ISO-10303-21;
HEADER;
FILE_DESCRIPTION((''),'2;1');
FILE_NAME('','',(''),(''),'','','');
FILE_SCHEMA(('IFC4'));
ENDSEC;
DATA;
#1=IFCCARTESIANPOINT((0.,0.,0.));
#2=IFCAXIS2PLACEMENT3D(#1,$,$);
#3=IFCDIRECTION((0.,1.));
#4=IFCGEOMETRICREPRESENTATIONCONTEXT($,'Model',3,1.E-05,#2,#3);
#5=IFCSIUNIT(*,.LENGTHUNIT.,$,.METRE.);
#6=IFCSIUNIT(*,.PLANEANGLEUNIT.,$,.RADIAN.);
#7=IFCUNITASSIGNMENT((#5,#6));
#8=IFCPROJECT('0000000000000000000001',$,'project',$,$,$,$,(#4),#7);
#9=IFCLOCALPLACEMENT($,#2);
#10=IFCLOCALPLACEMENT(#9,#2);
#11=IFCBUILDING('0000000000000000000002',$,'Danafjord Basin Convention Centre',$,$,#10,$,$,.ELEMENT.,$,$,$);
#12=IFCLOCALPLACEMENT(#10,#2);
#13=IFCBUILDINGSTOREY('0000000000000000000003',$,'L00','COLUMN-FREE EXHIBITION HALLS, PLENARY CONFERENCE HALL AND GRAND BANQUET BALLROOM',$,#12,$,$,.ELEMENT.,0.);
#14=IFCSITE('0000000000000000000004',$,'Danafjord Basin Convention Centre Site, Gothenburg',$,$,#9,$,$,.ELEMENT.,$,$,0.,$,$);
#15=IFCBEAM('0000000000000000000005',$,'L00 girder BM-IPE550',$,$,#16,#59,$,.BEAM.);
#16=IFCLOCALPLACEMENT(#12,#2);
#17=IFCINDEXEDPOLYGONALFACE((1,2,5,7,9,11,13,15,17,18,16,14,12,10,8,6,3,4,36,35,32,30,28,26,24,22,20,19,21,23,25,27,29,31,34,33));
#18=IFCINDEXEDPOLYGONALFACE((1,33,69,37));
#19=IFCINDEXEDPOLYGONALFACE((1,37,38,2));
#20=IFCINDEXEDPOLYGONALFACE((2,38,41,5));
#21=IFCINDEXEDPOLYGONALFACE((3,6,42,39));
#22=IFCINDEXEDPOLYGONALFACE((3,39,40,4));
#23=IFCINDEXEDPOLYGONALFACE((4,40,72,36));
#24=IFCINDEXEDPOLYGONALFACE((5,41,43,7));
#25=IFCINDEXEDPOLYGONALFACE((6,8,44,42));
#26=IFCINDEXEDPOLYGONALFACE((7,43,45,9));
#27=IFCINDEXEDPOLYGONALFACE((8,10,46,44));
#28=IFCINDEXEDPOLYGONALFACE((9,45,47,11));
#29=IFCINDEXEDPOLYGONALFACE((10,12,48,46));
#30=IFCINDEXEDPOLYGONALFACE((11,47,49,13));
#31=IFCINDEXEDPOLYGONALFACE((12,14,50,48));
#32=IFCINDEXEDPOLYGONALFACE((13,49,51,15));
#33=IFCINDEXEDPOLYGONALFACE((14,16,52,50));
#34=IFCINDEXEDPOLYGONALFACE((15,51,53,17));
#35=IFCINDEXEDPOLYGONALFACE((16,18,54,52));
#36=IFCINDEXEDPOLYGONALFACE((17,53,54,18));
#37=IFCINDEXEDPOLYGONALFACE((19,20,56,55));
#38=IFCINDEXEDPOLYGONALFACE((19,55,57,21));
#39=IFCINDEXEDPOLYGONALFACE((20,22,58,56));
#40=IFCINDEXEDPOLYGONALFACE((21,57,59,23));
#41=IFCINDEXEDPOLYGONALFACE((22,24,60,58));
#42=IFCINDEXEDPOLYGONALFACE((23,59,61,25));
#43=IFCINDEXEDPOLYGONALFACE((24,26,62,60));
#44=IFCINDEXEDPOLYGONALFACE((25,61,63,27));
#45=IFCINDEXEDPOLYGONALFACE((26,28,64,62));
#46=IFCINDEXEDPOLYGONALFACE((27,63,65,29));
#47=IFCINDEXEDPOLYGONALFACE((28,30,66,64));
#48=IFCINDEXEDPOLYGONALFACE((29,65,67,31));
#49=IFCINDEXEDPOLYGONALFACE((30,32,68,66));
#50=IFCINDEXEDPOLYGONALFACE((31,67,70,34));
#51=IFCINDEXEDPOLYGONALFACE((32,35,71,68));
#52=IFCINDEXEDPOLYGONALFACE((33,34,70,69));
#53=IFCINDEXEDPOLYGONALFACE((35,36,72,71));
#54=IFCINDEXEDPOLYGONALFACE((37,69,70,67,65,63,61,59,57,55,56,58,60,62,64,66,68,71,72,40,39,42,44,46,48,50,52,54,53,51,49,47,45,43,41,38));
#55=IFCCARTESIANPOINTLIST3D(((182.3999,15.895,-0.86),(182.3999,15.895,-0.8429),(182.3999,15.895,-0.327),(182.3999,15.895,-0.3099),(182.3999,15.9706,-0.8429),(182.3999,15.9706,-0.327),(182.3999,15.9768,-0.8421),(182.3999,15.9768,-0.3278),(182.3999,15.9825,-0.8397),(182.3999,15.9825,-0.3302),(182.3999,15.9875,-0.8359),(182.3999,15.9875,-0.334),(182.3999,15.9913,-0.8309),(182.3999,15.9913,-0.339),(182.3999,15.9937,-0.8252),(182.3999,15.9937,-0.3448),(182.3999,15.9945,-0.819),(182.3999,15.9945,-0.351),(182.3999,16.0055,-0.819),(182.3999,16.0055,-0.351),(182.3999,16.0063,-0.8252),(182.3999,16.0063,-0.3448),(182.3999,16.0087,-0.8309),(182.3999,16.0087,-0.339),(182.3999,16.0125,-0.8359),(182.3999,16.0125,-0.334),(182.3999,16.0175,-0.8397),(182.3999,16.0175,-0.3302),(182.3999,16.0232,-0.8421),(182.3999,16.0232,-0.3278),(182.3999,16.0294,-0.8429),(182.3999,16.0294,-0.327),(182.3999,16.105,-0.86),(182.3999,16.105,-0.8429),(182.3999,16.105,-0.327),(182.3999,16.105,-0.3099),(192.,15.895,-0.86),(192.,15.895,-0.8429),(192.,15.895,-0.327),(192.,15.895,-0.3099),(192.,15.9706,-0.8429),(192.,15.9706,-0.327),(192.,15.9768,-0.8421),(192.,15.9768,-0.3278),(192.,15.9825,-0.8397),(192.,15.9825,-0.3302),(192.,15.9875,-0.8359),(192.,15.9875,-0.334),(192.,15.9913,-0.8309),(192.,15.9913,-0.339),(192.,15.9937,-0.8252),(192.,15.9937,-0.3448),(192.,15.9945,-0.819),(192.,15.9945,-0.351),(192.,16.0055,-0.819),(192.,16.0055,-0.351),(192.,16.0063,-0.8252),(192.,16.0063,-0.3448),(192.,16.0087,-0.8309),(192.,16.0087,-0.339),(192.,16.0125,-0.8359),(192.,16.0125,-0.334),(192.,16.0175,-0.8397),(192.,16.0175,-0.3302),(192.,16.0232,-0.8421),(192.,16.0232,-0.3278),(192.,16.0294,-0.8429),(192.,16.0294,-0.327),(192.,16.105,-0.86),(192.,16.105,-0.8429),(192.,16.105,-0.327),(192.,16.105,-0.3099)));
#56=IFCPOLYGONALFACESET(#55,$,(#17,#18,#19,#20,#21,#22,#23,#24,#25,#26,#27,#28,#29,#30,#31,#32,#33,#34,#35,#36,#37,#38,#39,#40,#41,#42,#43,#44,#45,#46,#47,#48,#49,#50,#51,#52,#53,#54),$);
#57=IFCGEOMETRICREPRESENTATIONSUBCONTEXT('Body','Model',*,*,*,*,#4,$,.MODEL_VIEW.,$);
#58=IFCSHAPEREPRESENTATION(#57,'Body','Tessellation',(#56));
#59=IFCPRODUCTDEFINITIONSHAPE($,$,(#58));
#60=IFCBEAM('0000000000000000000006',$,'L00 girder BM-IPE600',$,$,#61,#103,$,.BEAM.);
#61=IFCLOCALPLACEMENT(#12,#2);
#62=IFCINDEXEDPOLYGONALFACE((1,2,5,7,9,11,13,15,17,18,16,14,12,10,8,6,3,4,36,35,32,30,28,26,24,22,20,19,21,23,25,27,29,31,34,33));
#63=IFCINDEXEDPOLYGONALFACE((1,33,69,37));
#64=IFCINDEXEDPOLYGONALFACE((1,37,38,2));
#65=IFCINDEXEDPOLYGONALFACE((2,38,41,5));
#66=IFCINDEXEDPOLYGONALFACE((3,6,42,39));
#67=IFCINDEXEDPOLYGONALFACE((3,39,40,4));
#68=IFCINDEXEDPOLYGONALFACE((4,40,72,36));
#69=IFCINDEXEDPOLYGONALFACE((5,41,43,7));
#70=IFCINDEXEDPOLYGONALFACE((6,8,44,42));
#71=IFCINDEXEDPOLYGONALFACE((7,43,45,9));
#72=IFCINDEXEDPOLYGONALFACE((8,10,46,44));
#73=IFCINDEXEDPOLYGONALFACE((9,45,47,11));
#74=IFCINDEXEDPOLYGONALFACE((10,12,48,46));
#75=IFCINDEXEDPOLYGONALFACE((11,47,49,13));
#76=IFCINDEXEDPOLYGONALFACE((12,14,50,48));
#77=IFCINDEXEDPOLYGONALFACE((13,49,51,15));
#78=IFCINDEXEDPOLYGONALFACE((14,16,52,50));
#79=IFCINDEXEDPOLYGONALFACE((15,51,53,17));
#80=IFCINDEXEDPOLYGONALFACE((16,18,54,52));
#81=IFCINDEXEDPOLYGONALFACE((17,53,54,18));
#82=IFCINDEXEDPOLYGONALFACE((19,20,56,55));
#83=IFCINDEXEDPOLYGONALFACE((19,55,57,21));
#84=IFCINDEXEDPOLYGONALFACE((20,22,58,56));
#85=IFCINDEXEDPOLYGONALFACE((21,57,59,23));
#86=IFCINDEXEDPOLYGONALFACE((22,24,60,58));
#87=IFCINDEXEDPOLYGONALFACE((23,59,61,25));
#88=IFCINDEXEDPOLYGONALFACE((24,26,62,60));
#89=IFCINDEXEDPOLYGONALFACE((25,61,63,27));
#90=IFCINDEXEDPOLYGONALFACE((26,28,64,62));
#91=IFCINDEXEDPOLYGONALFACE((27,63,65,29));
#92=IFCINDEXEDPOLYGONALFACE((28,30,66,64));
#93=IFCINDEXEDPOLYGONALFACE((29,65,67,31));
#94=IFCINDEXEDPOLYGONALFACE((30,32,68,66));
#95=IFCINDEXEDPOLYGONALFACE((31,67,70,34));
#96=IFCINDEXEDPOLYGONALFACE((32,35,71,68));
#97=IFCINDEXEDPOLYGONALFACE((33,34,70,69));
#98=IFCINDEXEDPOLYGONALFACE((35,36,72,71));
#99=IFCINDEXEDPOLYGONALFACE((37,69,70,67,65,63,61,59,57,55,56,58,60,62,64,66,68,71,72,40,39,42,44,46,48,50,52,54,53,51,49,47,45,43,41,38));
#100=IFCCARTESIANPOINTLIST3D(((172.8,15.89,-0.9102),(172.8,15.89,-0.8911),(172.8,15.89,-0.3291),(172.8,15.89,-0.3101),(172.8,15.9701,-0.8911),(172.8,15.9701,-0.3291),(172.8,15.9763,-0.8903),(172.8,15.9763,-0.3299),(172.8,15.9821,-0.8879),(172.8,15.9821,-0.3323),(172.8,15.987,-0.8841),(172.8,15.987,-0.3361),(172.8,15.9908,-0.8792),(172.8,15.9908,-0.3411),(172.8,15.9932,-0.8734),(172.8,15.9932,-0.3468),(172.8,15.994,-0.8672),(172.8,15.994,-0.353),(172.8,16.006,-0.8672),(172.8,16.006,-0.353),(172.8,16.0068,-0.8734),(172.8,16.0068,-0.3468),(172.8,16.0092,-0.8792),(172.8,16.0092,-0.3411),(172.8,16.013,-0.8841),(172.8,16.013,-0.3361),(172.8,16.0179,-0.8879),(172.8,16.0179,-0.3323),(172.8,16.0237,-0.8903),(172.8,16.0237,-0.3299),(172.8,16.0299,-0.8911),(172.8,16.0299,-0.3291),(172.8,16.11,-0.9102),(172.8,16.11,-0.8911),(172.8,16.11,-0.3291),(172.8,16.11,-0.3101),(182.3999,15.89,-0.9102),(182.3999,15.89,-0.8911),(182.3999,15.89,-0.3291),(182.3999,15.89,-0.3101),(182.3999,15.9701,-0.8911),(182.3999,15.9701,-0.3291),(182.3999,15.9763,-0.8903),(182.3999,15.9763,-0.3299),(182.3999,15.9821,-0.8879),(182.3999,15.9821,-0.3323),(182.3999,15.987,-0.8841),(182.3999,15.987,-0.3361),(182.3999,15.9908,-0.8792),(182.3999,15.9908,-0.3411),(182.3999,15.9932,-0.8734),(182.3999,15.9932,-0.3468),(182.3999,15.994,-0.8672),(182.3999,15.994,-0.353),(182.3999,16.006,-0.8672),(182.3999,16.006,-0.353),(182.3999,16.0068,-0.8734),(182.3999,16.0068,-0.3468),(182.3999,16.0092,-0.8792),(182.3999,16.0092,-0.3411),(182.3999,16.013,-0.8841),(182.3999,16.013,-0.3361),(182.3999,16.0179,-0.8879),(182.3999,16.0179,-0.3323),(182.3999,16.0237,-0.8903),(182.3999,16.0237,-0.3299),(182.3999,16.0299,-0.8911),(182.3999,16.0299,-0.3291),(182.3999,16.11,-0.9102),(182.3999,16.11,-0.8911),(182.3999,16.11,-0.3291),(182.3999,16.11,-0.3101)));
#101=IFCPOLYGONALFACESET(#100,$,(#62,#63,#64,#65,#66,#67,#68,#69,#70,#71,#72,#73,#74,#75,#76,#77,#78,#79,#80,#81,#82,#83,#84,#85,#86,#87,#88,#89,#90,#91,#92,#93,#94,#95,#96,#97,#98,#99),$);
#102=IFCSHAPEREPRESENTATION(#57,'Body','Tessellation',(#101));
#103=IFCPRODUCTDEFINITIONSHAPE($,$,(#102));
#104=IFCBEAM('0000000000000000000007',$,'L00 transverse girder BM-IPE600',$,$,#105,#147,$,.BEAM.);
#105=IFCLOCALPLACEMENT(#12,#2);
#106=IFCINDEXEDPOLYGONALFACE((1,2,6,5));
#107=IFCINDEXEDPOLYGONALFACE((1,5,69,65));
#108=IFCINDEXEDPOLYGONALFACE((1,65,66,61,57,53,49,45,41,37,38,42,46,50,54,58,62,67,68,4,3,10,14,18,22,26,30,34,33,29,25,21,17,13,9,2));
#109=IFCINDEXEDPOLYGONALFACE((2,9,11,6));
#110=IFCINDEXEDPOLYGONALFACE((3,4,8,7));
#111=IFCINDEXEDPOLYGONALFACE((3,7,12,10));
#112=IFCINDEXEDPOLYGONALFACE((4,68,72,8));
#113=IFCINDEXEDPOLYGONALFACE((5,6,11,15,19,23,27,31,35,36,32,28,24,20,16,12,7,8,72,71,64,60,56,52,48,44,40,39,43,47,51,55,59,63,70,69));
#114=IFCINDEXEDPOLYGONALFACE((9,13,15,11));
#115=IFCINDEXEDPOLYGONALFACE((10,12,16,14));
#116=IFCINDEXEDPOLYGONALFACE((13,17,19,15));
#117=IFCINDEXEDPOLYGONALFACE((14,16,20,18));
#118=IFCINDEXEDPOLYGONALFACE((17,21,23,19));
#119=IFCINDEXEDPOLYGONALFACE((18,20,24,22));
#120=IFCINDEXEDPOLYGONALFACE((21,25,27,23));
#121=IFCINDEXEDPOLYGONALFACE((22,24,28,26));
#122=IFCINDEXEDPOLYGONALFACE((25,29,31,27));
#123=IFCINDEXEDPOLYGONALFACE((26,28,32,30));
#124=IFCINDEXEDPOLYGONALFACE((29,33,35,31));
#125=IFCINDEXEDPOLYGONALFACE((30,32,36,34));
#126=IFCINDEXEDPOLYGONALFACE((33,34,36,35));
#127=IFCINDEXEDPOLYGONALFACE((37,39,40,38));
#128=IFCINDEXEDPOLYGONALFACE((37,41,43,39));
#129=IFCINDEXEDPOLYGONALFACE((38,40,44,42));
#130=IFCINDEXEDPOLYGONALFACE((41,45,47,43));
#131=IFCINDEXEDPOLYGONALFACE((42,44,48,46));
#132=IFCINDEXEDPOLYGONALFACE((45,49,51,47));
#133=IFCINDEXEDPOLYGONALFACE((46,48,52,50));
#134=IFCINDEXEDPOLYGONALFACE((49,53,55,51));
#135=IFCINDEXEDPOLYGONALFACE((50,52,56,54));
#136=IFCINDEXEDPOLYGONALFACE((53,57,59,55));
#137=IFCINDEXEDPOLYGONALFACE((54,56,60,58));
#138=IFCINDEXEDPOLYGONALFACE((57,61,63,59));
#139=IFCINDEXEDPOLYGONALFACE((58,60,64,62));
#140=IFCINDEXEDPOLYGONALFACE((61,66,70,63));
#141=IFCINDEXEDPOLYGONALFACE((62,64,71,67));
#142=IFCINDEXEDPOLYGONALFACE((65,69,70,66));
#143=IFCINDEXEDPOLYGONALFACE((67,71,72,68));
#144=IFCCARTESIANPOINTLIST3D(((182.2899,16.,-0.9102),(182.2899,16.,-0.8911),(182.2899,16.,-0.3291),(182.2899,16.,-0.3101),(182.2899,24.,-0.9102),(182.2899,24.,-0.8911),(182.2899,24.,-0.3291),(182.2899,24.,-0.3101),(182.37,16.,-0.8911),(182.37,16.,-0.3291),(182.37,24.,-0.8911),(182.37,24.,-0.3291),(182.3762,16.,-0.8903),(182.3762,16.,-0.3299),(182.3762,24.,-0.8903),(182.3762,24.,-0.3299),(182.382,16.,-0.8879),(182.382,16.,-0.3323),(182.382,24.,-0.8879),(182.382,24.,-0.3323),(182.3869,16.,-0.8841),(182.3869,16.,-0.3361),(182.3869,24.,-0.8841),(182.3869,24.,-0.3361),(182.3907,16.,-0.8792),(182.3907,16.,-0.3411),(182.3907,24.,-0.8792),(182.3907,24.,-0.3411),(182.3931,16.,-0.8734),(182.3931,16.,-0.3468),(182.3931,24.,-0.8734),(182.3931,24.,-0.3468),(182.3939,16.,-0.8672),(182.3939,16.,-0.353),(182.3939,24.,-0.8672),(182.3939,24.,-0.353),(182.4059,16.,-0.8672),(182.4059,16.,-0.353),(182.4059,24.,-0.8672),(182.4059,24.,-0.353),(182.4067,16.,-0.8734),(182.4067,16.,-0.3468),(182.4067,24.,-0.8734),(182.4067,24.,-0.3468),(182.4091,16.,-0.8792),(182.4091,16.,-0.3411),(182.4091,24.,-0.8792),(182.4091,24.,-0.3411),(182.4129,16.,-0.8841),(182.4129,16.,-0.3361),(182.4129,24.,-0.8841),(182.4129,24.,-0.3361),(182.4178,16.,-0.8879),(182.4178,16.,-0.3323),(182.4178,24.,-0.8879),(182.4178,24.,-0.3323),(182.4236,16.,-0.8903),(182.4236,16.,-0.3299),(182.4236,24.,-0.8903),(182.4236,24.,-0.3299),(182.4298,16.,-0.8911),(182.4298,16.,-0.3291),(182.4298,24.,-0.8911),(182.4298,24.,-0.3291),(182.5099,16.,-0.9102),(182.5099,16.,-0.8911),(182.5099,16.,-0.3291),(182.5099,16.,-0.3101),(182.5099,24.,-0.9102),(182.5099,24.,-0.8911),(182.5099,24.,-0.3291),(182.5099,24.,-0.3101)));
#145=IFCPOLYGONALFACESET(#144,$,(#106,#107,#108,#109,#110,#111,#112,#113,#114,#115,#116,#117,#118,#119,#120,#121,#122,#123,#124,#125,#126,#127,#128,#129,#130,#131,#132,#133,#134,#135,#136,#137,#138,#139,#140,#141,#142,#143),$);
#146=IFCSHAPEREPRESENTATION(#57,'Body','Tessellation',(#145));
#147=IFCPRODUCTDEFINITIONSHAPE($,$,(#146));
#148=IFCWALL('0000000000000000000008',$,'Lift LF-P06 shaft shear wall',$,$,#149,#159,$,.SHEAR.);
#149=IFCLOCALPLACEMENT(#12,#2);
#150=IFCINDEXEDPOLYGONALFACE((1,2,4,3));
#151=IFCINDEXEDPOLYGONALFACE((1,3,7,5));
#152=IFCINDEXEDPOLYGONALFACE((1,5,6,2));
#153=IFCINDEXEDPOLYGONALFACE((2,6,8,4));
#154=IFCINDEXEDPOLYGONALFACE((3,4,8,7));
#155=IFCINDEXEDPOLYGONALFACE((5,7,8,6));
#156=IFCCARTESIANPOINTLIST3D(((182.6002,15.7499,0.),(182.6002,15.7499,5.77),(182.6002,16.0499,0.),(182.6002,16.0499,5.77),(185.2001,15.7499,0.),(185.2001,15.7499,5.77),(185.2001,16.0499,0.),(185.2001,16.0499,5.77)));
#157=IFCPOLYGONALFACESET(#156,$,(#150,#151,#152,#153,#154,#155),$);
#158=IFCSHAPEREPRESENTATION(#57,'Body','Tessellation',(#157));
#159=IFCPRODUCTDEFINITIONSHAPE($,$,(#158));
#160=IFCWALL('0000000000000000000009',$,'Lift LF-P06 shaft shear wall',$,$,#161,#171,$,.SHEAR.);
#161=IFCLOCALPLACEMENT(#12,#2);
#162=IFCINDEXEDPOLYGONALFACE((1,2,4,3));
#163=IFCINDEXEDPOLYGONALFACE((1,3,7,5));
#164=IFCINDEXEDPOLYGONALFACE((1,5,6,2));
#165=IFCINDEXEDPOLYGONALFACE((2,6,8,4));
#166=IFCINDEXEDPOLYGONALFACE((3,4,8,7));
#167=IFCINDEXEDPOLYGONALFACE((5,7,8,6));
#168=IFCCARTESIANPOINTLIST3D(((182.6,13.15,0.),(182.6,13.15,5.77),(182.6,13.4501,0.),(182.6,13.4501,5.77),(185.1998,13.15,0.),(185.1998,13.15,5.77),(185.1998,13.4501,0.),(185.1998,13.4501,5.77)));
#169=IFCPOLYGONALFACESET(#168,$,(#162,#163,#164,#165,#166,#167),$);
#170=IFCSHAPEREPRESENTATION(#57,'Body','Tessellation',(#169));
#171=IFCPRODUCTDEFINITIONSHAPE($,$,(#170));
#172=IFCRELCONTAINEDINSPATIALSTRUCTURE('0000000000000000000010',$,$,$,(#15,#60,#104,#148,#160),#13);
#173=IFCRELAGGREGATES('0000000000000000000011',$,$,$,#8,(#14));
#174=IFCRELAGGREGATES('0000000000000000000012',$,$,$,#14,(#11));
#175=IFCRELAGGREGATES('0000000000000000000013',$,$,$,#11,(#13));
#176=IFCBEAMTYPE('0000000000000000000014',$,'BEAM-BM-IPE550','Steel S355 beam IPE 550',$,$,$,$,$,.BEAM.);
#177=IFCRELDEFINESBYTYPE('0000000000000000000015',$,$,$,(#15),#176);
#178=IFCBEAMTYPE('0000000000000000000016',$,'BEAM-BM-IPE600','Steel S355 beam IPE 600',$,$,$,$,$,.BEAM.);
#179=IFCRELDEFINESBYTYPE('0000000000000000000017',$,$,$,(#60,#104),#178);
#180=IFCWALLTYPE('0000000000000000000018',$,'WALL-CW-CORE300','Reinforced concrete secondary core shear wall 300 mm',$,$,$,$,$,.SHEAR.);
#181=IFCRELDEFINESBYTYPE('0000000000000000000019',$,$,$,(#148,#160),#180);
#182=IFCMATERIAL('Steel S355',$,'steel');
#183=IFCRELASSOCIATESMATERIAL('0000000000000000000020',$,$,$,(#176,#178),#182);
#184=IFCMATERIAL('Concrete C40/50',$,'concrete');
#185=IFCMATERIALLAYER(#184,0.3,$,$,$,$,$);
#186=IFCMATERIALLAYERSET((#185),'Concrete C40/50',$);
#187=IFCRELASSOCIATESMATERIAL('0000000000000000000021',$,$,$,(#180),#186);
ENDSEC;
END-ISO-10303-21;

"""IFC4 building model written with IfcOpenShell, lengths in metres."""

from ifc_helpers import new_model, si_unit, direction, frame, frame_2d, origin, origin_2d, place, context, subcontext, project, spatial, rectangle, i_section, extrude, material, layer, layer_set, material_profile, profile_set, type_object, element, save


model = new_model("IFC4")

# Units and contexts
model_context = context("Model", 3, precision=1e-05, world=origin(), true_north=direction((0.0, 1.0)))
body_context = subcontext(model_context, "Body", "Model", "MODEL_VIEW")
ifc_project = project(units=[si_unit("LENGTHUNIT", "METRE"), si_unit("PLANEANGLEUNIT", "RADIAN")], contexts=[model_context])

# Site, building, storey
site_placement = place(None, origin())
site = spatial("IfcSite", under=ifc_project, at=site_placement, Name="Danafjord Basin Convention Centre Site, Gothenburg", CompositionType="ELEMENT", RefElevation=0.0)
building_placement = place(site_placement, origin())
building = spatial("IfcBuilding", under=site, at=building_placement, Name="Danafjord Basin Convention Centre", CompositionType="ELEMENT")
storey_placement = place(building_placement, origin())
storey = spatial("IfcBuildingStorey", under=building, at=storey_placement, Name="L00", Description="COLUMN-FREE EXHIBITION HALLS, PLENARY CONFERENCE HALL AND GRAND BANQUET BALLROOM", CompositionType="ELEMENT", Elevation=0.0)

# Shared definitions
ifc_material_1 = material(Name="Steel S355", Category="steel")

# Beams
ifc_material_profile_1 = material_profile(ifc_material_1, i_section(OverallWidth=0.21, OverallDepth=0.55, WebThickness=0.011, FlangeThickness=0.0171, FilletRadius=0.0239, at=origin_2d()), Name="IPE 550")
ifc_profile_set_1 = profile_set([ifc_material_profile_1], Name="Steel S355")
beam_type_1 = type_object("IfcBeamType", Name="BEAM-BM-IPE550", Description="Steel S355 beam IPE 550", PredefinedType="BEAM", material=ifc_profile_set_1)
beam_1_placement = place(storey_placement, frame((182.3999, 16.0, -0.585), z_axis=(1.0, 0.0, 0.0), x_axis=(0.0, 1.0, 0.0)))
element("IfcBeam", 1, at=beam_1_placement, inside=storey, type_object=beam_type_1, Name="L00 girder BM-IPE550", PredefinedType="BEAM", context=body_context, shape_type="SweptSolid", body=[
    extrude(i_section(OverallWidth=0.21, OverallDepth=0.55, WebThickness=0.011, FlangeThickness=0.0171, FilletRadius=0.0239, at=origin_2d()), origin(), (0.0, 0.0, 1.0), 9.6001),
])
ifc_material_profile_2 = material_profile(ifc_material_1, i_section(OverallWidth=0.22, OverallDepth=0.6001, WebThickness=0.012, FlangeThickness=0.019, FilletRadius=0.0239, at=origin_2d()), Name="IPE 600")
ifc_profile_set_2 = profile_set([ifc_material_profile_2], Name="Steel S355")
beam_type_2 = type_object("IfcBeamType", Name="BEAM-BM-IPE600", Description="Steel S355 beam IPE 600", PredefinedType="BEAM", material=ifc_profile_set_2)
beam_2_placement = place(storey_placement, frame((172.8, 16.0, -0.6101), z_axis=(1.0, 0.0, 0.0), x_axis=(0.0, 1.0, 0.0)))
element("IfcBeam", 2, at=beam_2_placement, inside=storey, type_object=beam_type_2, Name="L00 girder BM-IPE600", PredefinedType="BEAM", context=body_context, shape_type="SweptSolid", body=[
    extrude(i_section(OverallWidth=0.22, OverallDepth=0.6001, WebThickness=0.012, FlangeThickness=0.019, FilletRadius=0.0239, at=origin_2d()), origin(), (0.0, 0.0, 1.0), 9.5999),
])
beam_3_placement = place(storey_placement, frame((182.3999, 16.0, -0.6101), z_axis=(0.0, 1.0, 0.0), x_axis=(-1.0, 0.0, 0.0)))
element("IfcBeam", 3, at=beam_3_placement, inside=storey, type_object=beam_type_2, Name="L00 transverse girder BM-IPE600", PredefinedType="BEAM", context=body_context, shape_type="SweptSolid", body=[
    extrude(i_section(OverallWidth=0.22, OverallDepth=0.6001, WebThickness=0.012, FlangeThickness=0.019, FilletRadius=0.0239, at=origin_2d()), origin(), (0.0, 0.0, 1.0), 8.0),
])

# Walls
ifc_material_2 = material(Name="Concrete C40/50", Category="concrete")
ifc_layer_1 = layer(ifc_material_2, 0.3)
ifc_layer_set_1 = layer_set([ifc_layer_1], Name="Concrete C40/50")
wall_type_1 = type_object("IfcWallType", Name="WALL-CW-CORE300", Description="Reinforced concrete secondary core shear wall 300 mm", PredefinedType="SHEAR", material=ifc_layer_set_1)
for number, where, z_axis, x_axis, name in (
    (4, (185.2, 15.8999, 0.0), (0.0, 0.0, 1.0), (-1.0, 0.0, 0.0), "Lift LF-P06 shaft shear wall"),
    (5, (182.6001, 13.3, 0.0), (0.0, 0.0, 1.0), (1.0, 0.0, 0.0), "Lift LF-P06 shaft shear wall"),
):
    element("IfcWall", number, at=place(storey_placement, frame(where, z_axis=z_axis, x_axis=x_axis)), inside=storey, type_object=wall_type_1, Name=name, PredefinedType="SHEAR", context=body_context, shape_type="SweptSolid", body=[
        extrude(rectangle(XDim=2.5999, YDim=0.3, at=frame_2d((1.2998, 0.0))), origin(), (0.0, 0.0, 1.0), 5.77),
    ])

save(model, "model.ifc")
